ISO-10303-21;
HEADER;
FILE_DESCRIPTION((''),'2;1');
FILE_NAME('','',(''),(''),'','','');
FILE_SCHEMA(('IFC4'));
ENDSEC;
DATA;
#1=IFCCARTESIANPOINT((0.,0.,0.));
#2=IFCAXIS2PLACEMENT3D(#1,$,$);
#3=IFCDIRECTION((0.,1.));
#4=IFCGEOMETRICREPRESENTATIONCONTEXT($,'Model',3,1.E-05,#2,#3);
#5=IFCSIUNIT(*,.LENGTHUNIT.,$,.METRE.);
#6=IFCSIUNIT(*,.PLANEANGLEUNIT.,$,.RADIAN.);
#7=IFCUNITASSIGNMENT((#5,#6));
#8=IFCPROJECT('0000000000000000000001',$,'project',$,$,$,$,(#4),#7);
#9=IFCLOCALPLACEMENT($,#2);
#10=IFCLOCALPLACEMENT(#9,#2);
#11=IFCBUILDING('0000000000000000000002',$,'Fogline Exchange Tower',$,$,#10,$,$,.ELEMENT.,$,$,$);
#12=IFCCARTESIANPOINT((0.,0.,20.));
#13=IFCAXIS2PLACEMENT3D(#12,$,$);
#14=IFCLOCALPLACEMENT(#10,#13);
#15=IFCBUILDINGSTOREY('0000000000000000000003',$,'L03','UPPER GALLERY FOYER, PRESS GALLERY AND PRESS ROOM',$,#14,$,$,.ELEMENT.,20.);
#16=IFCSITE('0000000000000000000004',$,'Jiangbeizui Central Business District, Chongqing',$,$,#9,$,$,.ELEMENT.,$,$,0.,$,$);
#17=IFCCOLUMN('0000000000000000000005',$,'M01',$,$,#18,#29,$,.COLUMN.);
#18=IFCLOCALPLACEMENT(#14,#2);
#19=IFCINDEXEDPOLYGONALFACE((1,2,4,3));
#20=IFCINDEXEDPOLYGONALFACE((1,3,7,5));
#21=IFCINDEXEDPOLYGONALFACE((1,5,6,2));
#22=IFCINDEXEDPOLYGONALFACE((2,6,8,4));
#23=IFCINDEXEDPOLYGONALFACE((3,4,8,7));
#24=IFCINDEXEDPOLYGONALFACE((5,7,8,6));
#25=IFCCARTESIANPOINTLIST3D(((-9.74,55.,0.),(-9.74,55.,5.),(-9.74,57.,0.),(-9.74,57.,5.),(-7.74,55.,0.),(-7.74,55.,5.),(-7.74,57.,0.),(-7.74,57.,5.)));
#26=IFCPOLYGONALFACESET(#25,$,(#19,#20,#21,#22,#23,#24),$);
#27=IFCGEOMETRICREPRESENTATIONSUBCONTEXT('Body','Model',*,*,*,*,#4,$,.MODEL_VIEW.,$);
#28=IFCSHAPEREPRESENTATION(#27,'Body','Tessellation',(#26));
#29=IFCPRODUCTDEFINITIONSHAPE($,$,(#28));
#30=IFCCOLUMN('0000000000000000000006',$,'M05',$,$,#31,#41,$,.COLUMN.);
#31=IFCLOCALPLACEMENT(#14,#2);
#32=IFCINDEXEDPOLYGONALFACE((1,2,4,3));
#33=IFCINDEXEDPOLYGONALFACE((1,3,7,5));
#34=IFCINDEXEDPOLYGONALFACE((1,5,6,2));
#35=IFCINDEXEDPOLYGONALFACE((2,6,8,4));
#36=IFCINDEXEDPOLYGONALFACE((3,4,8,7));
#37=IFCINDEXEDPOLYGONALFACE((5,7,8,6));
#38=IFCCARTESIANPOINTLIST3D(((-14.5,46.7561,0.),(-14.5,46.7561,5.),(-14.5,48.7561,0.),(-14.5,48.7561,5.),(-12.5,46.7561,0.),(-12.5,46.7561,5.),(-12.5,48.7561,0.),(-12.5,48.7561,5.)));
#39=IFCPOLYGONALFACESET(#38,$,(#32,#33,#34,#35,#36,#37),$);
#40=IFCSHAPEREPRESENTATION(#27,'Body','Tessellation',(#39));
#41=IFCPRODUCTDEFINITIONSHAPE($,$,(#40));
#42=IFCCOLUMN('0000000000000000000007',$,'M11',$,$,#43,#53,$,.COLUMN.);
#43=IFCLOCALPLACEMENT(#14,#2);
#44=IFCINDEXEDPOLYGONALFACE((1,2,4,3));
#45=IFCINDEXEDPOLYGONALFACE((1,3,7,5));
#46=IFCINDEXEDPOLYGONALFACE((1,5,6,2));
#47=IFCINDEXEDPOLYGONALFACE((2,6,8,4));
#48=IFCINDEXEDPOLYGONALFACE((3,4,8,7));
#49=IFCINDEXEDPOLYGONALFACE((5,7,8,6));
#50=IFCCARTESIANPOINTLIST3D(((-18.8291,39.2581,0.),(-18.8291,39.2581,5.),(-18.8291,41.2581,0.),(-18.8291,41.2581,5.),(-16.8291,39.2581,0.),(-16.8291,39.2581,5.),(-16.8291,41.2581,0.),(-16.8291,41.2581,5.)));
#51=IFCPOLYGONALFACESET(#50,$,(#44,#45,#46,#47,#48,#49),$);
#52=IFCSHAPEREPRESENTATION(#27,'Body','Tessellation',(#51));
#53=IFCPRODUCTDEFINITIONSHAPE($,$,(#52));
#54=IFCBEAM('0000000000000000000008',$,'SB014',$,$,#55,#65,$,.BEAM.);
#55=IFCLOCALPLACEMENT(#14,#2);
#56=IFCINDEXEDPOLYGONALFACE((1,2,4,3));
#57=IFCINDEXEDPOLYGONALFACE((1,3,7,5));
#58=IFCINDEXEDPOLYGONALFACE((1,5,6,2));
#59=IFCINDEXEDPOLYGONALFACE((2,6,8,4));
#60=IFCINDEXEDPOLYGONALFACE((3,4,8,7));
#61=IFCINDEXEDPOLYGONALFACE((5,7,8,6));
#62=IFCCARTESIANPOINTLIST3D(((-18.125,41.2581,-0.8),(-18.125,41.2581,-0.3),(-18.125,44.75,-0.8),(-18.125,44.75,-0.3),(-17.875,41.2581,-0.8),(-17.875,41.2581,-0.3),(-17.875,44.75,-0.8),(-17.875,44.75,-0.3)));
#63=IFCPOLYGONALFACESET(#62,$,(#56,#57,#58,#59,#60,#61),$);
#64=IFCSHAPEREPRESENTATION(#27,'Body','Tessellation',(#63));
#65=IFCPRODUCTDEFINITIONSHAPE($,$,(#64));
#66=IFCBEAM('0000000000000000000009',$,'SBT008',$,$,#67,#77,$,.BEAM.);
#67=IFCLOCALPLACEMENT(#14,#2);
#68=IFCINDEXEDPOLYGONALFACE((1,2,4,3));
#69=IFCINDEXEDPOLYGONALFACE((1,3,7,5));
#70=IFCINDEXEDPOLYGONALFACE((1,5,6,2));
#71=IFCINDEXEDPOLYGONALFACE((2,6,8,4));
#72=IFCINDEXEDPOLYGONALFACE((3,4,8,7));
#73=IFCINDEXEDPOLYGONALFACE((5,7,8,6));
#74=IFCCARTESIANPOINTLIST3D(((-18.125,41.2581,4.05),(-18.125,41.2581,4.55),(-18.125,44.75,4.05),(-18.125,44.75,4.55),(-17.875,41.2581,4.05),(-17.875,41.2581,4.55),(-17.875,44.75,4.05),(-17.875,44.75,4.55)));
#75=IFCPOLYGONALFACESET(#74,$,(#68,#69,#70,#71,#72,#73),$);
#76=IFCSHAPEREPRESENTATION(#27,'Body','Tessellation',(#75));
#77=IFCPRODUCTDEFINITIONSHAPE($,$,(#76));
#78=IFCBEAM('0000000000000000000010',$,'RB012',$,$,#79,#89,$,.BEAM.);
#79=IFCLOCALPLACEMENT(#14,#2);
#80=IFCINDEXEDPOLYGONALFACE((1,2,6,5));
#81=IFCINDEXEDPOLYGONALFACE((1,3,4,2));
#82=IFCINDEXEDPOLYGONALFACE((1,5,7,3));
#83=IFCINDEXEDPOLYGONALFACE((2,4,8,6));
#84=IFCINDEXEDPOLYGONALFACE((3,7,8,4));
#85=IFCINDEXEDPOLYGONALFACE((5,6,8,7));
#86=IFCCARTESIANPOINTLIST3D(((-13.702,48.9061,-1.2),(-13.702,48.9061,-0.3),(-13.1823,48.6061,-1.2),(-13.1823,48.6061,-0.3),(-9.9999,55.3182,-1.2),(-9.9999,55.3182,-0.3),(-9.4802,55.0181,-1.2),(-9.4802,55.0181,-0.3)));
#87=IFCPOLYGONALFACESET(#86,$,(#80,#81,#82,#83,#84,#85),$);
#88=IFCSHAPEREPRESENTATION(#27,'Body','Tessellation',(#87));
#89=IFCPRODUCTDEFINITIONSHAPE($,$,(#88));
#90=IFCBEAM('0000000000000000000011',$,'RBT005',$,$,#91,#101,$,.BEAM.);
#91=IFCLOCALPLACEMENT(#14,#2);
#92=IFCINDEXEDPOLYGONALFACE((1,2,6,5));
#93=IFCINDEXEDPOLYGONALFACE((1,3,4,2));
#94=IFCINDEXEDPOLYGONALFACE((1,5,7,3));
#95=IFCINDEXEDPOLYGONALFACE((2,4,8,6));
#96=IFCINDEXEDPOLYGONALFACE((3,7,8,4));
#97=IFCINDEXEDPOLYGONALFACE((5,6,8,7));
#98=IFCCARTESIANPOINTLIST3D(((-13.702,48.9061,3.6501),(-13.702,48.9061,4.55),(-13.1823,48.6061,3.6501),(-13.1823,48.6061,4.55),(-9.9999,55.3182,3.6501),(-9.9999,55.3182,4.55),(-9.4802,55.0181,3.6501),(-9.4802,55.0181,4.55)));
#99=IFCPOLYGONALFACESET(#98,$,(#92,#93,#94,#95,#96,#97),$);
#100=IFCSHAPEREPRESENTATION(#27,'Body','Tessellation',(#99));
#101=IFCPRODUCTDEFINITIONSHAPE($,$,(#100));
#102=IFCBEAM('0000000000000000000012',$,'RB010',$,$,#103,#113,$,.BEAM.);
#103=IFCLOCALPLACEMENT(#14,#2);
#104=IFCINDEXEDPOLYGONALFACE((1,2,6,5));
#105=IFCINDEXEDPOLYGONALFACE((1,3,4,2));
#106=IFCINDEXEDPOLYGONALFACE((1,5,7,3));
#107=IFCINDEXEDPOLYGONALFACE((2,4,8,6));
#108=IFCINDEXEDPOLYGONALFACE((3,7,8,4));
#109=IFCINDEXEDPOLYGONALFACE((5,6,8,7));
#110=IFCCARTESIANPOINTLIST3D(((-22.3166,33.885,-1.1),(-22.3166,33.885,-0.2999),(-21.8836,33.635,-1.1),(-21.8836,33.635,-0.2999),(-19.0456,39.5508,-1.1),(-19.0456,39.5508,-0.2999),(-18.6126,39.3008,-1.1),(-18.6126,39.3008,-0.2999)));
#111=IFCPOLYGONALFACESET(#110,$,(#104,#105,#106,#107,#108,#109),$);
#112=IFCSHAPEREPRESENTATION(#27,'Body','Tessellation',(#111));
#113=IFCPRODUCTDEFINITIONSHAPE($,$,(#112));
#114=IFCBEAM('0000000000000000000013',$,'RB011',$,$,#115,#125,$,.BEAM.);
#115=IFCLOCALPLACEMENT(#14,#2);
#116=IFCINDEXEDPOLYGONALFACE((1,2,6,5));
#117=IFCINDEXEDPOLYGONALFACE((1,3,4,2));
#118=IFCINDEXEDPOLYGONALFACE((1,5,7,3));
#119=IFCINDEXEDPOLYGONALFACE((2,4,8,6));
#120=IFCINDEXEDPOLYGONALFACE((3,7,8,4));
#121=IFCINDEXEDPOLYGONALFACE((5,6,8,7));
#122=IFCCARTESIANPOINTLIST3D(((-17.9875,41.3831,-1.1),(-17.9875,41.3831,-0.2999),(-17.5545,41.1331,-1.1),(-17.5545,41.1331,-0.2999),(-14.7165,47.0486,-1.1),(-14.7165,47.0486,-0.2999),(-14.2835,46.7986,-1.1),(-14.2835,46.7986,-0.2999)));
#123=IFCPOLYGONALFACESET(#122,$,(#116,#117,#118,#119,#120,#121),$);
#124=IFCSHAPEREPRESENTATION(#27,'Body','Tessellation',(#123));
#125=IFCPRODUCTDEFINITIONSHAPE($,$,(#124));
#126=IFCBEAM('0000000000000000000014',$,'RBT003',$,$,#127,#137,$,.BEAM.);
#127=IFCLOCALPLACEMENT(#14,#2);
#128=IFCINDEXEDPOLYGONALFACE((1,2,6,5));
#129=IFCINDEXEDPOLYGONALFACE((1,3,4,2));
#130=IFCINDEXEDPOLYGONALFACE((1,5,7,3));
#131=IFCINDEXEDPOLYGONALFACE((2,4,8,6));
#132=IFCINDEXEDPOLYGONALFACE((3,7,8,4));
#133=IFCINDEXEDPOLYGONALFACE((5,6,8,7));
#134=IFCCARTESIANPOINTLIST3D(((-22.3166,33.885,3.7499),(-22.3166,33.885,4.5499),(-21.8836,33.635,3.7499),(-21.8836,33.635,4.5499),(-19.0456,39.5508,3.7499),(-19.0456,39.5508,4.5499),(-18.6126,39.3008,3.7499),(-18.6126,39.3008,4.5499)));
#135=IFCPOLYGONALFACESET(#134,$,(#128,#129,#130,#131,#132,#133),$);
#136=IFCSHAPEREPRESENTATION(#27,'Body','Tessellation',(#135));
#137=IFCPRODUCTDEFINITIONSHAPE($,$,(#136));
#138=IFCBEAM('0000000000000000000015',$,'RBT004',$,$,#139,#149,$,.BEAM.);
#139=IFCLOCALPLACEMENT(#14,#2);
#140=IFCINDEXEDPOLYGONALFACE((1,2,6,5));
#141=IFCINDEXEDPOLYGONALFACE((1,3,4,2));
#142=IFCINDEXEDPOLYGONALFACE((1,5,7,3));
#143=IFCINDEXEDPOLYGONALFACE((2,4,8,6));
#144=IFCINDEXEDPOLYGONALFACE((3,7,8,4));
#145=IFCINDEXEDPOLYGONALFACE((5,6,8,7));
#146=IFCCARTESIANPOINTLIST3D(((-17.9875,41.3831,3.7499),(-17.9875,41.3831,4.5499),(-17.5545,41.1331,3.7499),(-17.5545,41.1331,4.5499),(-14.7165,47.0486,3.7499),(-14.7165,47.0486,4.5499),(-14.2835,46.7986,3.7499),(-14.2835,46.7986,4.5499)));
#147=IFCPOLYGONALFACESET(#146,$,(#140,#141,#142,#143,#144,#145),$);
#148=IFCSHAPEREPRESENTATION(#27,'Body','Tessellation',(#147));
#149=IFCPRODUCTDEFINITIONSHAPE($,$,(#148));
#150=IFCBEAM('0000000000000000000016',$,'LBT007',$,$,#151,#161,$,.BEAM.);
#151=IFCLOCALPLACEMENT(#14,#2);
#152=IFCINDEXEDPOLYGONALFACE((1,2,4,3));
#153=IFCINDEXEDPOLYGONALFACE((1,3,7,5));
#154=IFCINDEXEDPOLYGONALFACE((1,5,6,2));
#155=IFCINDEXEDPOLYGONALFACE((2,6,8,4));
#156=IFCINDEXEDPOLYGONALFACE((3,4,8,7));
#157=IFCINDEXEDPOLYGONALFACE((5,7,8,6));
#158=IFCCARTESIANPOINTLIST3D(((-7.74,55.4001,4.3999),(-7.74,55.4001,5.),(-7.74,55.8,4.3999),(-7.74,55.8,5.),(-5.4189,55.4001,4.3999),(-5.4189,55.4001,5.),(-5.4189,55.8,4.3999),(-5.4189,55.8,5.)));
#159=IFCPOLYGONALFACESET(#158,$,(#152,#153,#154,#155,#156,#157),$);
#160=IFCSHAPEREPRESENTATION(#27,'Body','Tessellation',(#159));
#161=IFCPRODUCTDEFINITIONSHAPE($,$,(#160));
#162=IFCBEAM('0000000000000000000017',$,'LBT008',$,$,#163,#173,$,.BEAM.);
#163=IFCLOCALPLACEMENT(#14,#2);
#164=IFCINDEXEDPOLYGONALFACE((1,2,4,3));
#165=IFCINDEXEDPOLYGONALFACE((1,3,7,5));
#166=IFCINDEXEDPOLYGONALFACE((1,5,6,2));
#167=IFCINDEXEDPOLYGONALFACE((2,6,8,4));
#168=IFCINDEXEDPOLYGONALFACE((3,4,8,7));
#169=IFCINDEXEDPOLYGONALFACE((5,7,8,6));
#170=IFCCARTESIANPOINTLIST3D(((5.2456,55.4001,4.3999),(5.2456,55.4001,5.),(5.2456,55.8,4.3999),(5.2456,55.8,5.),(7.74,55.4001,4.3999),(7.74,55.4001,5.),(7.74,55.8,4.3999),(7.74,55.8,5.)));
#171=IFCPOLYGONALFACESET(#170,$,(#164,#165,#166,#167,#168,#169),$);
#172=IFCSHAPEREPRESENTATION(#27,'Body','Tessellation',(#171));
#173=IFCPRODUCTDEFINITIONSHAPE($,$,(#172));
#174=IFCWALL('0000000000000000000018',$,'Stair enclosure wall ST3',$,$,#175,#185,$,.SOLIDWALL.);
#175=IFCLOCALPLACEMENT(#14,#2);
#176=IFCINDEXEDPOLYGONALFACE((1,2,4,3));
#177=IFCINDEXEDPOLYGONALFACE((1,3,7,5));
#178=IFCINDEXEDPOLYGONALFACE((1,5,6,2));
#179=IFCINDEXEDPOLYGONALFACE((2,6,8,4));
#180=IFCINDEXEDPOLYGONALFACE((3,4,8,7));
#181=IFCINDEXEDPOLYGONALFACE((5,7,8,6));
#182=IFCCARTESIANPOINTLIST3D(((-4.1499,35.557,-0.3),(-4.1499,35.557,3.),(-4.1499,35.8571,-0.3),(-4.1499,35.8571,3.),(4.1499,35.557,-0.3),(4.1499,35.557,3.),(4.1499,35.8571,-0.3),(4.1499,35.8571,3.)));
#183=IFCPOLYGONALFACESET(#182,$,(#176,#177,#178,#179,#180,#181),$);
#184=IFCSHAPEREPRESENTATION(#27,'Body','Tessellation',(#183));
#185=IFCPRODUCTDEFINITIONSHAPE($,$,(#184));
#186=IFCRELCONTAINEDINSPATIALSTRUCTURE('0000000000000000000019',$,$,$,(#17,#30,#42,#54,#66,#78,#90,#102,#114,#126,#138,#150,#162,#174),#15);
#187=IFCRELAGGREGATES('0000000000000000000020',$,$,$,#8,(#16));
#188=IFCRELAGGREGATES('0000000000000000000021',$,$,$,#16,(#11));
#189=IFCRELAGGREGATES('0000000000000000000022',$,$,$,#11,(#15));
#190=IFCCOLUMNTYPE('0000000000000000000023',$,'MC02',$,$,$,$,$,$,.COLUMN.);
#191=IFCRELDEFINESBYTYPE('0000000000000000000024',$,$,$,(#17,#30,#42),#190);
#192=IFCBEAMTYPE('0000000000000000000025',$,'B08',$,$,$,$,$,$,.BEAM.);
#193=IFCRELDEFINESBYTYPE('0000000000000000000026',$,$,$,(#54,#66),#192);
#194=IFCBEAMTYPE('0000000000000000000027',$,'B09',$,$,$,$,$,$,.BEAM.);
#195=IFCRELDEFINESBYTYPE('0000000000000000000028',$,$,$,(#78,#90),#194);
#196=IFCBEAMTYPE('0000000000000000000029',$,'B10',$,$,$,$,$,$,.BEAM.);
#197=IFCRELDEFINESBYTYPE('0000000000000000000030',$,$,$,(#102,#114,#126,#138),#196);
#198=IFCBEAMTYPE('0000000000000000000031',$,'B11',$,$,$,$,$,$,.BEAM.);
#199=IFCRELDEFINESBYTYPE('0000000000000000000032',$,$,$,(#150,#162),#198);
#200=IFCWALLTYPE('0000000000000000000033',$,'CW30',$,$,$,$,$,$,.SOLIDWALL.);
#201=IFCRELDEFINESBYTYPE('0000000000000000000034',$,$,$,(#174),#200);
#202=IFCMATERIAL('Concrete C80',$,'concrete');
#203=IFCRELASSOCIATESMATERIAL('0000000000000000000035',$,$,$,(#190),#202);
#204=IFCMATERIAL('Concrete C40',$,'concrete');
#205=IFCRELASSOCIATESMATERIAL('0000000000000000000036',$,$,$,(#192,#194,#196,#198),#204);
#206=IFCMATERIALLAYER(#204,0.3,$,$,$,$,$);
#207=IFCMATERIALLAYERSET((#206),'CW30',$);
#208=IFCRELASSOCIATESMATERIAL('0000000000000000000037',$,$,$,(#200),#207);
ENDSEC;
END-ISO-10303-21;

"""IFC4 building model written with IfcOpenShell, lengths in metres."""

from ifc_helpers import new_model, si_unit, direction, frame, frame_2d, origin, origin_2d, place, context, subcontext, project, spatial, rectangle, extrude, material, layer, layer_set, material_profile, profile_set, type_object, element, save


model = new_model("IFC4")

# Units and contexts
model_context = context("Model", 3, precision=1e-05, world=origin(), true_north=direction((0.0, 1.0)))
body_context = subcontext(model_context, "Body", "Model", "MODEL_VIEW")
ifc_project = project(units=[si_unit("LENGTHUNIT", "METRE"), si_unit("PLANEANGLEUNIT", "RADIAN")], contexts=[model_context])

# Site, building, storey
site_placement = place(None, origin())
site = spatial("IfcSite", under=ifc_project, at=site_placement, Name="Jiangbeizui Central Business District, Chongqing", CompositionType="ELEMENT", RefElevation=0.0)
building_placement = place(site_placement, origin())
building = spatial("IfcBuilding", under=site, at=building_placement, Name="Fogline Exchange Tower", CompositionType="ELEMENT")
storey_placement = place(building_placement, frame((0.0, 0.0, 20.0)))
storey = spatial("IfcBuildingStorey", under=building, at=storey_placement, Name="L03", Description="UPPER GALLERY FOYER, PRESS GALLERY AND PRESS ROOM", CompositionType="ELEMENT", Elevation=20.0)

# Columns
ifc_material_1 = material(Name="Concrete C80", Category="concrete")
ifc_material_profile_1 = material_profile(ifc_material_1, rectangle(XDim=2.0, YDim=2.0, at=origin_2d()), Name="RC 2000x2000")
ifc_profile_set_1 = profile_set([ifc_material_profile_1], Name="Concrete C80")
column_type = type_object("IfcColumnType", Name="MC02", PredefinedType="COLUMN", material=ifc_profile_set_1)
for number, where, z_axis, x_axis, name in (
    (1, (-8.74, 56.0, 0.0), (0.0, 0.0, 1.0), (1.0, 0.0, 0.0), "M01"),
    (2, (-13.5, 47.7561, 0.0), (0.0, 0.0, 1.0), (1.0, 0.0, 0.0), "M05"),
    (3, (-17.8291, 40.2581, 0.0), (0.0, 0.0, 1.0), (1.0, 0.0, 0.0), "M11"),
):
    element("IfcColumn", number, at=place(storey_placement, frame(where, z_axis=z_axis, x_axis=x_axis)), inside=storey, type_object=column_type, Name=name, PredefinedType="COLUMN", context=body_context, shape_type="SweptSolid", body=[
        extrude(rectangle(XDim=2.0, YDim=2.0, at=origin_2d()), origin(), (0.0, 0.0, 1.0), 5.0),
    ])

# Beams
ifc_material_2 = material(Name="Concrete C40", Category="concrete")
ifc_material_profile_2 = material_profile(ifc_material_2, rectangle(XDim=0.25, YDim=0.5, at=origin_2d()), Name="RC 250x500")
ifc_profile_set_2 = profile_set([ifc_material_profile_2], Name="Concrete C40")
beam_type_1 = type_object("IfcBeamType", Name="B08", PredefinedType="BEAM", material=ifc_profile_set_2)
for number, where, z_axis, x_axis, name in (
    (4, (-18.0, 41.2581, -0.55), (0.0, 1.0, 0.0), (-1.0, 0.0, 0.0), "SB014"),
    (5, (-18.0, 41.2581, 4.3), (0.0, 1.0, 0.0), (-1.0, 0.0, 0.0), "SBT008"),
):
    element("IfcBeam", number, at=place(storey_placement, frame(where, z_axis=z_axis, x_axis=x_axis)), inside=storey, type_object=beam_type_1, Name=name, PredefinedType="BEAM", context=body_context, shape_type="SweptSolid", body=[
        extrude(rectangle(XDim=0.25, YDim=0.5, at=origin_2d()), origin(), (0.0, 0.0, 1.0), 3.4919),
    ])
ifc_material_profile_3 = material_profile(ifc_material_2, rectangle(XDim=0.6001, YDim=0.8999, at=origin_2d()), Name="RC 600x900")
ifc_profile_set_3 = profile_set([ifc_material_profile_3], Name="Concrete C40")
beam_type_2 = type_object("IfcBeamType", Name="B09", PredefinedType="BEAM", material=ifc_profile_set_3)
for number, where, z_axis, x_axis, name in (
    (6, (-13.4421, 48.7561, -0.75), (0.500012, 0.866019, 0.0), (-0.866019, 0.500012, 0.0), "RB012"),
    (7, (-13.4421, 48.7561, 4.1001), (0.500012, 0.866019, 0.0), (-0.866019, 0.500012, 0.0), "RBT005"),
):
    element("IfcBeam", number, at=place(storey_placement, frame(where, z_axis=z_axis, x_axis=x_axis)), inside=storey, type_object=beam_type_2, Name=name, PredefinedType="BEAM", context=body_context, shape_type="SweptSolid", body=[
        extrude(rectangle(XDim=0.6001, YDim=0.8999, at=origin_2d()), origin(), (0.0, 0.0, 1.0), 7.4041),
    ])
ifc_material_profile_4 = material_profile(ifc_material_2, rectangle(XDim=0.5, YDim=0.8, at=origin_2d()), Name="RC 500x800")
ifc_profile_set_4 = profile_set([ifc_material_profile_4], Name="Concrete C40")
beam_type_3 = type_object("IfcBeamType", Name="B10", PredefinedType="BEAM", material=ifc_profile_set_4)
beam_1_placement = place(storey_placement, frame((-22.1001, 33.76, -0.7), z_axis=(0.499984, 0.866035, 0.0), x_axis=(-0.866035, 0.499984, 0.0)))
element("IfcBeam", 8, at=beam_1_placement, inside=storey, type_object=beam_type_3, Name="RB010", PredefinedType="BEAM", context=body_context, shape_type="SweptSolid", body=[
    extrude(rectangle(XDim=0.5, YDim=0.8, at=origin_2d()), origin(), (0.0, 0.0, 1.0), 6.5422),
])
beam_2_placement = place(storey_placement, frame((-17.771, 41.2581, -0.7), z_axis=(0.5, 0.866025, 0.0), x_axis=(-0.866025, 0.5, 0.0)))
element("IfcBeam", 9, at=beam_2_placement, inside=storey, type_object=beam_type_3, Name="RB011", PredefinedType="BEAM", context=body_context, shape_type="SweptSolid", body=[
    extrude(rectangle(XDim=0.5, YDim=0.8, at=origin_2d()), origin(), (0.0, 0.0, 1.0), 6.542),
])
beam_3_placement = place(storey_placement, frame((-22.1001, 33.76, 4.1499), z_axis=(0.499984, 0.866035, 0.0), x_axis=(-0.866035, 0.499984, 0.0)))
element("IfcBeam", 10, at=beam_3_placement, inside=storey, type_object=beam_type_3, Name="RBT003", PredefinedType="BEAM", context=body_context, shape_type="SweptSolid", body=[
    extrude(rectangle(XDim=0.5, YDim=0.8, at=origin_2d()), origin(), (0.0, 0.0, 1.0), 6.5422),
])
beam_4_placement = place(storey_placement, frame((-17.771, 41.2581, 4.1499), z_axis=(0.5, 0.866025, 0.0), x_axis=(-0.866025, 0.5, 0.0)))
element("IfcBeam", 11, at=beam_4_placement, inside=storey, type_object=beam_type_3, Name="RBT004", PredefinedType="BEAM", context=body_context, shape_type="SweptSolid", body=[
    extrude(rectangle(XDim=0.5, YDim=0.8, at=origin_2d()), origin(), (0.0, 0.0, 1.0), 6.542),
])
ifc_material_profile_5 = material_profile(ifc_material_2, rectangle(XDim=0.3999, YDim=0.6001, at=origin_2d()), Name="RC 400x600")
ifc_profile_set_5 = profile_set([ifc_material_profile_5], Name="Concrete C40")
beam_type_4 = type_object("IfcBeamType", Name="B11", PredefinedType="BEAM", material=ifc_profile_set_5)
beam_5_placement = place(storey_placement, frame((-7.74, 55.6001, 4.7), z_axis=(1.0, 0.0, 0.0), x_axis=(0.0, 1.0, 0.0)))
element("IfcBeam", 12, at=beam_5_placement, inside=storey, type_object=beam_type_4, Name="LBT007", PredefinedType="BEAM", context=body_context, shape_type="SweptSolid", body=[
    extrude(rectangle(XDim=0.3999, YDim=0.6001, at=origin_2d()), origin(), (0.0, 0.0, 1.0), 2.321),
])
beam_6_placement = place(storey_placement, frame((5.2456, 55.6001, 4.7), z_axis=(1.0, 0.0, 0.0), x_axis=(0.0, 1.0, 0.0)))
element("IfcBeam", 13, at=beam_6_placement, inside=storey, type_object=beam_type_4, Name="LBT008", PredefinedType="BEAM", context=body_context, shape_type="SweptSolid", body=[
    extrude(rectangle(XDim=0.3999, YDim=0.6001, at=origin_2d()), origin(), (0.0, 0.0, 1.0), 2.4944),
])

# Wall
ifc_layer_1 = layer(ifc_material_2, 0.3)
ifc_layer_set_1 = layer_set([ifc_layer_1], Name="CW30")
wall_type_1 = type_object("IfcWallType", Name="CW30", PredefinedType="SOLIDWALL", material=ifc_layer_set_1)
wall_1_placement = place(storey_placement, frame((-4.1499, 35.707, -0.3), z_axis=(0.0, 0.0, 1.0), x_axis=(1.0, 0.0, 0.0)))
element("IfcWall", 14, at=wall_1_placement, inside=storey, type_object=wall_type_1, Name="Stair enclosure wall ST3", PredefinedType="SOLIDWALL", context=body_context, shape_type="SweptSolid", body=[
    extrude(rectangle(XDim=8.2998, YDim=0.3, at=frame_2d((4.1499, 0.0))), origin(), (0.0, 0.0, 1.0), 3.3),
])

save(model, "model.ifc")
